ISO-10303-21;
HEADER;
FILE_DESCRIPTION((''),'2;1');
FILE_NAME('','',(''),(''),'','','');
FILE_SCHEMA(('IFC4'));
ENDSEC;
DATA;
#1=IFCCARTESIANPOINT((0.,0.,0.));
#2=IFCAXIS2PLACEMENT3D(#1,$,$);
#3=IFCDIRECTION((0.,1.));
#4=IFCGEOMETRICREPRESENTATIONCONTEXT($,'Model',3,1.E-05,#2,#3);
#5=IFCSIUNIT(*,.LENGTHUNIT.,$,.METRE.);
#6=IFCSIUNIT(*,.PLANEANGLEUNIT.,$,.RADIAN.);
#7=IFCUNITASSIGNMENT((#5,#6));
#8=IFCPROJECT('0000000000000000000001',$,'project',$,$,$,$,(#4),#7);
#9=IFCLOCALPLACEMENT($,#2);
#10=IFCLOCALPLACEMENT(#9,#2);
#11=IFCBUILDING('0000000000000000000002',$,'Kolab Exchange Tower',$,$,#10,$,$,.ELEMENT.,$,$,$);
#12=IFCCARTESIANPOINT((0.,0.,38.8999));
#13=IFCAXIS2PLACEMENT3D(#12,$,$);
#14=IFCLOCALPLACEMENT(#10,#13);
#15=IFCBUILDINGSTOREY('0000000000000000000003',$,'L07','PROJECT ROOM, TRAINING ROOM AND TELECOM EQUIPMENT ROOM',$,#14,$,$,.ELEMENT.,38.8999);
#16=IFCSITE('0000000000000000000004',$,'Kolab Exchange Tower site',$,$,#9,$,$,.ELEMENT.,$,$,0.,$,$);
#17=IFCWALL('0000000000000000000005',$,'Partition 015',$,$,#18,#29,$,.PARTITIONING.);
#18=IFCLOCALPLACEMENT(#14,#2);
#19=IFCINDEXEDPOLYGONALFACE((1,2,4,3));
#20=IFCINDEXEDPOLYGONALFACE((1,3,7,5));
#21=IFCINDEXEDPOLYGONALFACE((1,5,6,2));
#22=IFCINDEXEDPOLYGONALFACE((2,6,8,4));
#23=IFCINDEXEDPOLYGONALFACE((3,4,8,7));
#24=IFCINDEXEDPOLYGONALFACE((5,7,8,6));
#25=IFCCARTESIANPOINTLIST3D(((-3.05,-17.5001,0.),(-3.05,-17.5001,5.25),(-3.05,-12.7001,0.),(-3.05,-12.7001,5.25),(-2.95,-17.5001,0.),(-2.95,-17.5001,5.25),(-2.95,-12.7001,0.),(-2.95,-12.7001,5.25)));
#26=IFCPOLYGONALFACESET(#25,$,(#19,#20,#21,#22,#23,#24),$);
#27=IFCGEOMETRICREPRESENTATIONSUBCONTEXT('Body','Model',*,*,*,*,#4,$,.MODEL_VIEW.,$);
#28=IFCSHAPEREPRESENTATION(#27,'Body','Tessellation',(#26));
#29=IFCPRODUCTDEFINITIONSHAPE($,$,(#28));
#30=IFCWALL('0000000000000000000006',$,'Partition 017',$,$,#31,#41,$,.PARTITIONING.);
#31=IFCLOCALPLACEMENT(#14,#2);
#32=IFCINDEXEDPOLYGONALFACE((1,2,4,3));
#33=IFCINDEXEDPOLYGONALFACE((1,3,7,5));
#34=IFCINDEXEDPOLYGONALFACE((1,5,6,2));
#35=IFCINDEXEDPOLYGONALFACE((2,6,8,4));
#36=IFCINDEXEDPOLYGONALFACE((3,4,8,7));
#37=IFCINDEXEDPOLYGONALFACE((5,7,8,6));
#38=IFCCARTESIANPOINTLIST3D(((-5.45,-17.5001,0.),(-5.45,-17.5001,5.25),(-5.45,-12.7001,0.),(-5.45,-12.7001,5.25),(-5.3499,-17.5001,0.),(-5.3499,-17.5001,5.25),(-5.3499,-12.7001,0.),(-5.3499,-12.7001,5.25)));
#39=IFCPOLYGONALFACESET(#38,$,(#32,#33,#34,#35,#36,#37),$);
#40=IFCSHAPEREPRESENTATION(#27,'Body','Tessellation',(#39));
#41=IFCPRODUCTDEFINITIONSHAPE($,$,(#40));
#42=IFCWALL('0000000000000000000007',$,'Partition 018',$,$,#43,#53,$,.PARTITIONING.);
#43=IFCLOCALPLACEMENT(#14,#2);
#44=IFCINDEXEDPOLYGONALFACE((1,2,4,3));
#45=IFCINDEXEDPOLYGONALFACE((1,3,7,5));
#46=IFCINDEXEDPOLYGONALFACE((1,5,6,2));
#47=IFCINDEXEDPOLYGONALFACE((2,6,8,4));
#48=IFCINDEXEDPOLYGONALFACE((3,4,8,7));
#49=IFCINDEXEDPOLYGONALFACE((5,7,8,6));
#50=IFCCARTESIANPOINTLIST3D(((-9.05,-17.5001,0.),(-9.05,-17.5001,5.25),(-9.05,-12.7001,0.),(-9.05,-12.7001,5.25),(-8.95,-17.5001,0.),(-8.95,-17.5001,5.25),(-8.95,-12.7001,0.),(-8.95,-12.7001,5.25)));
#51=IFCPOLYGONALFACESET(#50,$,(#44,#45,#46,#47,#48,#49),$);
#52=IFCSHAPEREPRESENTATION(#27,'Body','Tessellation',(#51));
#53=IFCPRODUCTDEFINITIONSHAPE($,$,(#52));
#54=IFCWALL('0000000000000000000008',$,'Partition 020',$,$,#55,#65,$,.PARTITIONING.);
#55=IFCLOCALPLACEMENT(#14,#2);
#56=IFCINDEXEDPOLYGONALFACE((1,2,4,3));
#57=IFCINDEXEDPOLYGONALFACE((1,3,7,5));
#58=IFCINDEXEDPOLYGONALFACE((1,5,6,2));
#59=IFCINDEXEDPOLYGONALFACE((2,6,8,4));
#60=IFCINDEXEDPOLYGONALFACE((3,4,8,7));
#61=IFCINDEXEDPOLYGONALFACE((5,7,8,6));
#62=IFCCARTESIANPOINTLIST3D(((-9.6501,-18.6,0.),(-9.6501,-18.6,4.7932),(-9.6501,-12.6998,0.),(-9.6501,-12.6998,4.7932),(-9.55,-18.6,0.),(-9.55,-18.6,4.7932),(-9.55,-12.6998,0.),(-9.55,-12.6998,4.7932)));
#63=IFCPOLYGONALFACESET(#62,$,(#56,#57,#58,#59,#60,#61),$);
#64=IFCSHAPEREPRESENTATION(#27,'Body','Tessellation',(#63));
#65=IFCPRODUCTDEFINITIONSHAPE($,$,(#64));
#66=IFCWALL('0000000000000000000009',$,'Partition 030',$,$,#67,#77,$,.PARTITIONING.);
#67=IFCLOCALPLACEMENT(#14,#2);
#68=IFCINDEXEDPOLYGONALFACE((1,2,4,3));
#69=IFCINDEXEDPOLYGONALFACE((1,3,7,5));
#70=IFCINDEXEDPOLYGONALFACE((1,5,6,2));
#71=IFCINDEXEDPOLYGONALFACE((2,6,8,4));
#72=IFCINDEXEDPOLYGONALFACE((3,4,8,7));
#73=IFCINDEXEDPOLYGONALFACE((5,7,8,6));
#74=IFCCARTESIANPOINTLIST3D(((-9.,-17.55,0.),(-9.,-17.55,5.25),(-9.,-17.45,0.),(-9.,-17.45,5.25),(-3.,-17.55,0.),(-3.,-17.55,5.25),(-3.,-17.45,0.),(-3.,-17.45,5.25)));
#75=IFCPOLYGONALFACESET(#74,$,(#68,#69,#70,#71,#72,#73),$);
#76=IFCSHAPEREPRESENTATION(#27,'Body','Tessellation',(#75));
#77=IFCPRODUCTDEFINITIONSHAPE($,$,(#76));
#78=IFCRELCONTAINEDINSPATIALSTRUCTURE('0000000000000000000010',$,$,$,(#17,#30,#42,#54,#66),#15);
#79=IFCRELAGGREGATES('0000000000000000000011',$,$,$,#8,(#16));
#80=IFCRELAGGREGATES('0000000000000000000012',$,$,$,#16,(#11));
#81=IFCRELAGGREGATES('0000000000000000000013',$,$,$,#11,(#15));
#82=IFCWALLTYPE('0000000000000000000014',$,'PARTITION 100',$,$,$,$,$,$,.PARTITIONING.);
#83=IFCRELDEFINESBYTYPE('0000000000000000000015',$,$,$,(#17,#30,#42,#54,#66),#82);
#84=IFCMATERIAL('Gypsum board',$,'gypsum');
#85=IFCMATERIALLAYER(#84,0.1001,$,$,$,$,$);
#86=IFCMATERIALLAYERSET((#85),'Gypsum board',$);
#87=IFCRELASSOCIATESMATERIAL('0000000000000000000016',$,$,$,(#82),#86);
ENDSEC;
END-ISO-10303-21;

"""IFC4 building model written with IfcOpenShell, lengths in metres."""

from ifc_helpers import new_model, si_unit, direction, frame, frame_2d, origin, place, context, subcontext, project, spatial, rectangle, extrude, material, layer, layer_set, type_object, element, save


model = new_model("IFC4")

# Units and contexts
model_context = context("Model", 3, precision=1e-05, world=origin(), true_north=direction((0.0, 1.0)))
body_context = subcontext(model_context, "Body", "Model", "MODEL_VIEW")
ifc_project = project(units=[si_unit("LENGTHUNIT", "METRE"), si_unit("PLANEANGLEUNIT", "RADIAN")], contexts=[model_context])

# Site, building, storey
site_placement = place(None, origin())
site = spatial("IfcSite", under=ifc_project, at=site_placement, Name="Kolab Exchange Tower site", CompositionType="ELEMENT", RefElevation=0.0)
building_placement = place(site_placement, origin())
building = spatial("IfcBuilding", under=site, at=building_placement, Name="Kolab Exchange Tower", CompositionType="ELEMENT")
storey_placement = place(building_placement, frame((0.0, 0.0, 38.8999)))
storey = spatial("IfcBuildingStorey", under=building, at=storey_placement, Name="L07", Description="PROJECT ROOM, TRAINING ROOM AND TELECOM EQUIPMENT ROOM", CompositionType="ELEMENT", Elevation=38.8999)

# Walls
ifc_material_1 = material(Name="Gypsum board", Category="gypsum")
ifc_layer_1 = layer(ifc_material_1, 0.1001)
ifc_layer_set_1 = layer_set([ifc_layer_1], Name="Gypsum board")
wall_type_1 = type_object("IfcWallType", Name="PARTITION 100", PredefinedType="PARTITIONING", material=ifc_layer_set_1)
for number, where, z_axis, x_axis, name in (
    (1, (-3.0, -17.5, 0.0), (0.0, 0.0, 1.0), (0.0, 1.0, 0.0), "Partition 015"),
    (2, (-5.3999, -17.5, 0.0), (0.0, 0.0, 1.0), (0.0, 1.0, 0.0), "Partition 017"),
    (3, (-9.0, -17.5, 0.0), (0.0, 0.0, 1.0), (0.0, 1.0, 0.0), "Partition 018"),
):
    element("IfcWall", number, at=place(storey_placement, frame(where, z_axis=z_axis, x_axis=x_axis)), inside=storey, type_object=wall_type_1, Name=name, PredefinedType="PARTITIONING", context=body_context, shape_type="SweptSolid", body=[
        extrude(rectangle(XDim=4.8, YDim=0.1001, at=frame_2d((2.3999, 0.0))), origin(), (0.0, 0.0, 1.0), 5.25),
    ])
wall_1_placement = place(storey_placement, frame((-9.6001, -18.6001, 0.0), z_axis=(0.0, 0.0, 1.0), x_axis=(0.0, 1.0, 0.0)))
element("IfcWall", 4, at=wall_1_placement, inside=storey, type_object=wall_type_1, Name="Partition 020", PredefinedType="PARTITIONING", context=body_context, shape_type="SweptSolid", body=[
    extrude(rectangle(XDim=5.9001, YDim=0.1001, at=frame_2d((2.9502, 0.0))), origin(), (0.0, 0.0, 1.0), 4.7932),
])
wall_2_placement = place(storey_placement, frame((-9.0, -17.5, 0.0), z_axis=(0.0, 0.0, 1.0), x_axis=(1.0, 0.0, 0.0)))
element("IfcWall", 5, at=wall_2_placement, inside=storey, type_object=wall_type_1, Name="Partition 030", PredefinedType="PARTITIONING", context=body_context, shape_type="SweptSolid", body=[
    extrude(rectangle(XDim=6.0, YDim=0.1001, at=frame_2d((3.0, 0.0))), origin(), (0.0, 0.0, 1.0), 5.25),
])

save(model, "model.ifc")
